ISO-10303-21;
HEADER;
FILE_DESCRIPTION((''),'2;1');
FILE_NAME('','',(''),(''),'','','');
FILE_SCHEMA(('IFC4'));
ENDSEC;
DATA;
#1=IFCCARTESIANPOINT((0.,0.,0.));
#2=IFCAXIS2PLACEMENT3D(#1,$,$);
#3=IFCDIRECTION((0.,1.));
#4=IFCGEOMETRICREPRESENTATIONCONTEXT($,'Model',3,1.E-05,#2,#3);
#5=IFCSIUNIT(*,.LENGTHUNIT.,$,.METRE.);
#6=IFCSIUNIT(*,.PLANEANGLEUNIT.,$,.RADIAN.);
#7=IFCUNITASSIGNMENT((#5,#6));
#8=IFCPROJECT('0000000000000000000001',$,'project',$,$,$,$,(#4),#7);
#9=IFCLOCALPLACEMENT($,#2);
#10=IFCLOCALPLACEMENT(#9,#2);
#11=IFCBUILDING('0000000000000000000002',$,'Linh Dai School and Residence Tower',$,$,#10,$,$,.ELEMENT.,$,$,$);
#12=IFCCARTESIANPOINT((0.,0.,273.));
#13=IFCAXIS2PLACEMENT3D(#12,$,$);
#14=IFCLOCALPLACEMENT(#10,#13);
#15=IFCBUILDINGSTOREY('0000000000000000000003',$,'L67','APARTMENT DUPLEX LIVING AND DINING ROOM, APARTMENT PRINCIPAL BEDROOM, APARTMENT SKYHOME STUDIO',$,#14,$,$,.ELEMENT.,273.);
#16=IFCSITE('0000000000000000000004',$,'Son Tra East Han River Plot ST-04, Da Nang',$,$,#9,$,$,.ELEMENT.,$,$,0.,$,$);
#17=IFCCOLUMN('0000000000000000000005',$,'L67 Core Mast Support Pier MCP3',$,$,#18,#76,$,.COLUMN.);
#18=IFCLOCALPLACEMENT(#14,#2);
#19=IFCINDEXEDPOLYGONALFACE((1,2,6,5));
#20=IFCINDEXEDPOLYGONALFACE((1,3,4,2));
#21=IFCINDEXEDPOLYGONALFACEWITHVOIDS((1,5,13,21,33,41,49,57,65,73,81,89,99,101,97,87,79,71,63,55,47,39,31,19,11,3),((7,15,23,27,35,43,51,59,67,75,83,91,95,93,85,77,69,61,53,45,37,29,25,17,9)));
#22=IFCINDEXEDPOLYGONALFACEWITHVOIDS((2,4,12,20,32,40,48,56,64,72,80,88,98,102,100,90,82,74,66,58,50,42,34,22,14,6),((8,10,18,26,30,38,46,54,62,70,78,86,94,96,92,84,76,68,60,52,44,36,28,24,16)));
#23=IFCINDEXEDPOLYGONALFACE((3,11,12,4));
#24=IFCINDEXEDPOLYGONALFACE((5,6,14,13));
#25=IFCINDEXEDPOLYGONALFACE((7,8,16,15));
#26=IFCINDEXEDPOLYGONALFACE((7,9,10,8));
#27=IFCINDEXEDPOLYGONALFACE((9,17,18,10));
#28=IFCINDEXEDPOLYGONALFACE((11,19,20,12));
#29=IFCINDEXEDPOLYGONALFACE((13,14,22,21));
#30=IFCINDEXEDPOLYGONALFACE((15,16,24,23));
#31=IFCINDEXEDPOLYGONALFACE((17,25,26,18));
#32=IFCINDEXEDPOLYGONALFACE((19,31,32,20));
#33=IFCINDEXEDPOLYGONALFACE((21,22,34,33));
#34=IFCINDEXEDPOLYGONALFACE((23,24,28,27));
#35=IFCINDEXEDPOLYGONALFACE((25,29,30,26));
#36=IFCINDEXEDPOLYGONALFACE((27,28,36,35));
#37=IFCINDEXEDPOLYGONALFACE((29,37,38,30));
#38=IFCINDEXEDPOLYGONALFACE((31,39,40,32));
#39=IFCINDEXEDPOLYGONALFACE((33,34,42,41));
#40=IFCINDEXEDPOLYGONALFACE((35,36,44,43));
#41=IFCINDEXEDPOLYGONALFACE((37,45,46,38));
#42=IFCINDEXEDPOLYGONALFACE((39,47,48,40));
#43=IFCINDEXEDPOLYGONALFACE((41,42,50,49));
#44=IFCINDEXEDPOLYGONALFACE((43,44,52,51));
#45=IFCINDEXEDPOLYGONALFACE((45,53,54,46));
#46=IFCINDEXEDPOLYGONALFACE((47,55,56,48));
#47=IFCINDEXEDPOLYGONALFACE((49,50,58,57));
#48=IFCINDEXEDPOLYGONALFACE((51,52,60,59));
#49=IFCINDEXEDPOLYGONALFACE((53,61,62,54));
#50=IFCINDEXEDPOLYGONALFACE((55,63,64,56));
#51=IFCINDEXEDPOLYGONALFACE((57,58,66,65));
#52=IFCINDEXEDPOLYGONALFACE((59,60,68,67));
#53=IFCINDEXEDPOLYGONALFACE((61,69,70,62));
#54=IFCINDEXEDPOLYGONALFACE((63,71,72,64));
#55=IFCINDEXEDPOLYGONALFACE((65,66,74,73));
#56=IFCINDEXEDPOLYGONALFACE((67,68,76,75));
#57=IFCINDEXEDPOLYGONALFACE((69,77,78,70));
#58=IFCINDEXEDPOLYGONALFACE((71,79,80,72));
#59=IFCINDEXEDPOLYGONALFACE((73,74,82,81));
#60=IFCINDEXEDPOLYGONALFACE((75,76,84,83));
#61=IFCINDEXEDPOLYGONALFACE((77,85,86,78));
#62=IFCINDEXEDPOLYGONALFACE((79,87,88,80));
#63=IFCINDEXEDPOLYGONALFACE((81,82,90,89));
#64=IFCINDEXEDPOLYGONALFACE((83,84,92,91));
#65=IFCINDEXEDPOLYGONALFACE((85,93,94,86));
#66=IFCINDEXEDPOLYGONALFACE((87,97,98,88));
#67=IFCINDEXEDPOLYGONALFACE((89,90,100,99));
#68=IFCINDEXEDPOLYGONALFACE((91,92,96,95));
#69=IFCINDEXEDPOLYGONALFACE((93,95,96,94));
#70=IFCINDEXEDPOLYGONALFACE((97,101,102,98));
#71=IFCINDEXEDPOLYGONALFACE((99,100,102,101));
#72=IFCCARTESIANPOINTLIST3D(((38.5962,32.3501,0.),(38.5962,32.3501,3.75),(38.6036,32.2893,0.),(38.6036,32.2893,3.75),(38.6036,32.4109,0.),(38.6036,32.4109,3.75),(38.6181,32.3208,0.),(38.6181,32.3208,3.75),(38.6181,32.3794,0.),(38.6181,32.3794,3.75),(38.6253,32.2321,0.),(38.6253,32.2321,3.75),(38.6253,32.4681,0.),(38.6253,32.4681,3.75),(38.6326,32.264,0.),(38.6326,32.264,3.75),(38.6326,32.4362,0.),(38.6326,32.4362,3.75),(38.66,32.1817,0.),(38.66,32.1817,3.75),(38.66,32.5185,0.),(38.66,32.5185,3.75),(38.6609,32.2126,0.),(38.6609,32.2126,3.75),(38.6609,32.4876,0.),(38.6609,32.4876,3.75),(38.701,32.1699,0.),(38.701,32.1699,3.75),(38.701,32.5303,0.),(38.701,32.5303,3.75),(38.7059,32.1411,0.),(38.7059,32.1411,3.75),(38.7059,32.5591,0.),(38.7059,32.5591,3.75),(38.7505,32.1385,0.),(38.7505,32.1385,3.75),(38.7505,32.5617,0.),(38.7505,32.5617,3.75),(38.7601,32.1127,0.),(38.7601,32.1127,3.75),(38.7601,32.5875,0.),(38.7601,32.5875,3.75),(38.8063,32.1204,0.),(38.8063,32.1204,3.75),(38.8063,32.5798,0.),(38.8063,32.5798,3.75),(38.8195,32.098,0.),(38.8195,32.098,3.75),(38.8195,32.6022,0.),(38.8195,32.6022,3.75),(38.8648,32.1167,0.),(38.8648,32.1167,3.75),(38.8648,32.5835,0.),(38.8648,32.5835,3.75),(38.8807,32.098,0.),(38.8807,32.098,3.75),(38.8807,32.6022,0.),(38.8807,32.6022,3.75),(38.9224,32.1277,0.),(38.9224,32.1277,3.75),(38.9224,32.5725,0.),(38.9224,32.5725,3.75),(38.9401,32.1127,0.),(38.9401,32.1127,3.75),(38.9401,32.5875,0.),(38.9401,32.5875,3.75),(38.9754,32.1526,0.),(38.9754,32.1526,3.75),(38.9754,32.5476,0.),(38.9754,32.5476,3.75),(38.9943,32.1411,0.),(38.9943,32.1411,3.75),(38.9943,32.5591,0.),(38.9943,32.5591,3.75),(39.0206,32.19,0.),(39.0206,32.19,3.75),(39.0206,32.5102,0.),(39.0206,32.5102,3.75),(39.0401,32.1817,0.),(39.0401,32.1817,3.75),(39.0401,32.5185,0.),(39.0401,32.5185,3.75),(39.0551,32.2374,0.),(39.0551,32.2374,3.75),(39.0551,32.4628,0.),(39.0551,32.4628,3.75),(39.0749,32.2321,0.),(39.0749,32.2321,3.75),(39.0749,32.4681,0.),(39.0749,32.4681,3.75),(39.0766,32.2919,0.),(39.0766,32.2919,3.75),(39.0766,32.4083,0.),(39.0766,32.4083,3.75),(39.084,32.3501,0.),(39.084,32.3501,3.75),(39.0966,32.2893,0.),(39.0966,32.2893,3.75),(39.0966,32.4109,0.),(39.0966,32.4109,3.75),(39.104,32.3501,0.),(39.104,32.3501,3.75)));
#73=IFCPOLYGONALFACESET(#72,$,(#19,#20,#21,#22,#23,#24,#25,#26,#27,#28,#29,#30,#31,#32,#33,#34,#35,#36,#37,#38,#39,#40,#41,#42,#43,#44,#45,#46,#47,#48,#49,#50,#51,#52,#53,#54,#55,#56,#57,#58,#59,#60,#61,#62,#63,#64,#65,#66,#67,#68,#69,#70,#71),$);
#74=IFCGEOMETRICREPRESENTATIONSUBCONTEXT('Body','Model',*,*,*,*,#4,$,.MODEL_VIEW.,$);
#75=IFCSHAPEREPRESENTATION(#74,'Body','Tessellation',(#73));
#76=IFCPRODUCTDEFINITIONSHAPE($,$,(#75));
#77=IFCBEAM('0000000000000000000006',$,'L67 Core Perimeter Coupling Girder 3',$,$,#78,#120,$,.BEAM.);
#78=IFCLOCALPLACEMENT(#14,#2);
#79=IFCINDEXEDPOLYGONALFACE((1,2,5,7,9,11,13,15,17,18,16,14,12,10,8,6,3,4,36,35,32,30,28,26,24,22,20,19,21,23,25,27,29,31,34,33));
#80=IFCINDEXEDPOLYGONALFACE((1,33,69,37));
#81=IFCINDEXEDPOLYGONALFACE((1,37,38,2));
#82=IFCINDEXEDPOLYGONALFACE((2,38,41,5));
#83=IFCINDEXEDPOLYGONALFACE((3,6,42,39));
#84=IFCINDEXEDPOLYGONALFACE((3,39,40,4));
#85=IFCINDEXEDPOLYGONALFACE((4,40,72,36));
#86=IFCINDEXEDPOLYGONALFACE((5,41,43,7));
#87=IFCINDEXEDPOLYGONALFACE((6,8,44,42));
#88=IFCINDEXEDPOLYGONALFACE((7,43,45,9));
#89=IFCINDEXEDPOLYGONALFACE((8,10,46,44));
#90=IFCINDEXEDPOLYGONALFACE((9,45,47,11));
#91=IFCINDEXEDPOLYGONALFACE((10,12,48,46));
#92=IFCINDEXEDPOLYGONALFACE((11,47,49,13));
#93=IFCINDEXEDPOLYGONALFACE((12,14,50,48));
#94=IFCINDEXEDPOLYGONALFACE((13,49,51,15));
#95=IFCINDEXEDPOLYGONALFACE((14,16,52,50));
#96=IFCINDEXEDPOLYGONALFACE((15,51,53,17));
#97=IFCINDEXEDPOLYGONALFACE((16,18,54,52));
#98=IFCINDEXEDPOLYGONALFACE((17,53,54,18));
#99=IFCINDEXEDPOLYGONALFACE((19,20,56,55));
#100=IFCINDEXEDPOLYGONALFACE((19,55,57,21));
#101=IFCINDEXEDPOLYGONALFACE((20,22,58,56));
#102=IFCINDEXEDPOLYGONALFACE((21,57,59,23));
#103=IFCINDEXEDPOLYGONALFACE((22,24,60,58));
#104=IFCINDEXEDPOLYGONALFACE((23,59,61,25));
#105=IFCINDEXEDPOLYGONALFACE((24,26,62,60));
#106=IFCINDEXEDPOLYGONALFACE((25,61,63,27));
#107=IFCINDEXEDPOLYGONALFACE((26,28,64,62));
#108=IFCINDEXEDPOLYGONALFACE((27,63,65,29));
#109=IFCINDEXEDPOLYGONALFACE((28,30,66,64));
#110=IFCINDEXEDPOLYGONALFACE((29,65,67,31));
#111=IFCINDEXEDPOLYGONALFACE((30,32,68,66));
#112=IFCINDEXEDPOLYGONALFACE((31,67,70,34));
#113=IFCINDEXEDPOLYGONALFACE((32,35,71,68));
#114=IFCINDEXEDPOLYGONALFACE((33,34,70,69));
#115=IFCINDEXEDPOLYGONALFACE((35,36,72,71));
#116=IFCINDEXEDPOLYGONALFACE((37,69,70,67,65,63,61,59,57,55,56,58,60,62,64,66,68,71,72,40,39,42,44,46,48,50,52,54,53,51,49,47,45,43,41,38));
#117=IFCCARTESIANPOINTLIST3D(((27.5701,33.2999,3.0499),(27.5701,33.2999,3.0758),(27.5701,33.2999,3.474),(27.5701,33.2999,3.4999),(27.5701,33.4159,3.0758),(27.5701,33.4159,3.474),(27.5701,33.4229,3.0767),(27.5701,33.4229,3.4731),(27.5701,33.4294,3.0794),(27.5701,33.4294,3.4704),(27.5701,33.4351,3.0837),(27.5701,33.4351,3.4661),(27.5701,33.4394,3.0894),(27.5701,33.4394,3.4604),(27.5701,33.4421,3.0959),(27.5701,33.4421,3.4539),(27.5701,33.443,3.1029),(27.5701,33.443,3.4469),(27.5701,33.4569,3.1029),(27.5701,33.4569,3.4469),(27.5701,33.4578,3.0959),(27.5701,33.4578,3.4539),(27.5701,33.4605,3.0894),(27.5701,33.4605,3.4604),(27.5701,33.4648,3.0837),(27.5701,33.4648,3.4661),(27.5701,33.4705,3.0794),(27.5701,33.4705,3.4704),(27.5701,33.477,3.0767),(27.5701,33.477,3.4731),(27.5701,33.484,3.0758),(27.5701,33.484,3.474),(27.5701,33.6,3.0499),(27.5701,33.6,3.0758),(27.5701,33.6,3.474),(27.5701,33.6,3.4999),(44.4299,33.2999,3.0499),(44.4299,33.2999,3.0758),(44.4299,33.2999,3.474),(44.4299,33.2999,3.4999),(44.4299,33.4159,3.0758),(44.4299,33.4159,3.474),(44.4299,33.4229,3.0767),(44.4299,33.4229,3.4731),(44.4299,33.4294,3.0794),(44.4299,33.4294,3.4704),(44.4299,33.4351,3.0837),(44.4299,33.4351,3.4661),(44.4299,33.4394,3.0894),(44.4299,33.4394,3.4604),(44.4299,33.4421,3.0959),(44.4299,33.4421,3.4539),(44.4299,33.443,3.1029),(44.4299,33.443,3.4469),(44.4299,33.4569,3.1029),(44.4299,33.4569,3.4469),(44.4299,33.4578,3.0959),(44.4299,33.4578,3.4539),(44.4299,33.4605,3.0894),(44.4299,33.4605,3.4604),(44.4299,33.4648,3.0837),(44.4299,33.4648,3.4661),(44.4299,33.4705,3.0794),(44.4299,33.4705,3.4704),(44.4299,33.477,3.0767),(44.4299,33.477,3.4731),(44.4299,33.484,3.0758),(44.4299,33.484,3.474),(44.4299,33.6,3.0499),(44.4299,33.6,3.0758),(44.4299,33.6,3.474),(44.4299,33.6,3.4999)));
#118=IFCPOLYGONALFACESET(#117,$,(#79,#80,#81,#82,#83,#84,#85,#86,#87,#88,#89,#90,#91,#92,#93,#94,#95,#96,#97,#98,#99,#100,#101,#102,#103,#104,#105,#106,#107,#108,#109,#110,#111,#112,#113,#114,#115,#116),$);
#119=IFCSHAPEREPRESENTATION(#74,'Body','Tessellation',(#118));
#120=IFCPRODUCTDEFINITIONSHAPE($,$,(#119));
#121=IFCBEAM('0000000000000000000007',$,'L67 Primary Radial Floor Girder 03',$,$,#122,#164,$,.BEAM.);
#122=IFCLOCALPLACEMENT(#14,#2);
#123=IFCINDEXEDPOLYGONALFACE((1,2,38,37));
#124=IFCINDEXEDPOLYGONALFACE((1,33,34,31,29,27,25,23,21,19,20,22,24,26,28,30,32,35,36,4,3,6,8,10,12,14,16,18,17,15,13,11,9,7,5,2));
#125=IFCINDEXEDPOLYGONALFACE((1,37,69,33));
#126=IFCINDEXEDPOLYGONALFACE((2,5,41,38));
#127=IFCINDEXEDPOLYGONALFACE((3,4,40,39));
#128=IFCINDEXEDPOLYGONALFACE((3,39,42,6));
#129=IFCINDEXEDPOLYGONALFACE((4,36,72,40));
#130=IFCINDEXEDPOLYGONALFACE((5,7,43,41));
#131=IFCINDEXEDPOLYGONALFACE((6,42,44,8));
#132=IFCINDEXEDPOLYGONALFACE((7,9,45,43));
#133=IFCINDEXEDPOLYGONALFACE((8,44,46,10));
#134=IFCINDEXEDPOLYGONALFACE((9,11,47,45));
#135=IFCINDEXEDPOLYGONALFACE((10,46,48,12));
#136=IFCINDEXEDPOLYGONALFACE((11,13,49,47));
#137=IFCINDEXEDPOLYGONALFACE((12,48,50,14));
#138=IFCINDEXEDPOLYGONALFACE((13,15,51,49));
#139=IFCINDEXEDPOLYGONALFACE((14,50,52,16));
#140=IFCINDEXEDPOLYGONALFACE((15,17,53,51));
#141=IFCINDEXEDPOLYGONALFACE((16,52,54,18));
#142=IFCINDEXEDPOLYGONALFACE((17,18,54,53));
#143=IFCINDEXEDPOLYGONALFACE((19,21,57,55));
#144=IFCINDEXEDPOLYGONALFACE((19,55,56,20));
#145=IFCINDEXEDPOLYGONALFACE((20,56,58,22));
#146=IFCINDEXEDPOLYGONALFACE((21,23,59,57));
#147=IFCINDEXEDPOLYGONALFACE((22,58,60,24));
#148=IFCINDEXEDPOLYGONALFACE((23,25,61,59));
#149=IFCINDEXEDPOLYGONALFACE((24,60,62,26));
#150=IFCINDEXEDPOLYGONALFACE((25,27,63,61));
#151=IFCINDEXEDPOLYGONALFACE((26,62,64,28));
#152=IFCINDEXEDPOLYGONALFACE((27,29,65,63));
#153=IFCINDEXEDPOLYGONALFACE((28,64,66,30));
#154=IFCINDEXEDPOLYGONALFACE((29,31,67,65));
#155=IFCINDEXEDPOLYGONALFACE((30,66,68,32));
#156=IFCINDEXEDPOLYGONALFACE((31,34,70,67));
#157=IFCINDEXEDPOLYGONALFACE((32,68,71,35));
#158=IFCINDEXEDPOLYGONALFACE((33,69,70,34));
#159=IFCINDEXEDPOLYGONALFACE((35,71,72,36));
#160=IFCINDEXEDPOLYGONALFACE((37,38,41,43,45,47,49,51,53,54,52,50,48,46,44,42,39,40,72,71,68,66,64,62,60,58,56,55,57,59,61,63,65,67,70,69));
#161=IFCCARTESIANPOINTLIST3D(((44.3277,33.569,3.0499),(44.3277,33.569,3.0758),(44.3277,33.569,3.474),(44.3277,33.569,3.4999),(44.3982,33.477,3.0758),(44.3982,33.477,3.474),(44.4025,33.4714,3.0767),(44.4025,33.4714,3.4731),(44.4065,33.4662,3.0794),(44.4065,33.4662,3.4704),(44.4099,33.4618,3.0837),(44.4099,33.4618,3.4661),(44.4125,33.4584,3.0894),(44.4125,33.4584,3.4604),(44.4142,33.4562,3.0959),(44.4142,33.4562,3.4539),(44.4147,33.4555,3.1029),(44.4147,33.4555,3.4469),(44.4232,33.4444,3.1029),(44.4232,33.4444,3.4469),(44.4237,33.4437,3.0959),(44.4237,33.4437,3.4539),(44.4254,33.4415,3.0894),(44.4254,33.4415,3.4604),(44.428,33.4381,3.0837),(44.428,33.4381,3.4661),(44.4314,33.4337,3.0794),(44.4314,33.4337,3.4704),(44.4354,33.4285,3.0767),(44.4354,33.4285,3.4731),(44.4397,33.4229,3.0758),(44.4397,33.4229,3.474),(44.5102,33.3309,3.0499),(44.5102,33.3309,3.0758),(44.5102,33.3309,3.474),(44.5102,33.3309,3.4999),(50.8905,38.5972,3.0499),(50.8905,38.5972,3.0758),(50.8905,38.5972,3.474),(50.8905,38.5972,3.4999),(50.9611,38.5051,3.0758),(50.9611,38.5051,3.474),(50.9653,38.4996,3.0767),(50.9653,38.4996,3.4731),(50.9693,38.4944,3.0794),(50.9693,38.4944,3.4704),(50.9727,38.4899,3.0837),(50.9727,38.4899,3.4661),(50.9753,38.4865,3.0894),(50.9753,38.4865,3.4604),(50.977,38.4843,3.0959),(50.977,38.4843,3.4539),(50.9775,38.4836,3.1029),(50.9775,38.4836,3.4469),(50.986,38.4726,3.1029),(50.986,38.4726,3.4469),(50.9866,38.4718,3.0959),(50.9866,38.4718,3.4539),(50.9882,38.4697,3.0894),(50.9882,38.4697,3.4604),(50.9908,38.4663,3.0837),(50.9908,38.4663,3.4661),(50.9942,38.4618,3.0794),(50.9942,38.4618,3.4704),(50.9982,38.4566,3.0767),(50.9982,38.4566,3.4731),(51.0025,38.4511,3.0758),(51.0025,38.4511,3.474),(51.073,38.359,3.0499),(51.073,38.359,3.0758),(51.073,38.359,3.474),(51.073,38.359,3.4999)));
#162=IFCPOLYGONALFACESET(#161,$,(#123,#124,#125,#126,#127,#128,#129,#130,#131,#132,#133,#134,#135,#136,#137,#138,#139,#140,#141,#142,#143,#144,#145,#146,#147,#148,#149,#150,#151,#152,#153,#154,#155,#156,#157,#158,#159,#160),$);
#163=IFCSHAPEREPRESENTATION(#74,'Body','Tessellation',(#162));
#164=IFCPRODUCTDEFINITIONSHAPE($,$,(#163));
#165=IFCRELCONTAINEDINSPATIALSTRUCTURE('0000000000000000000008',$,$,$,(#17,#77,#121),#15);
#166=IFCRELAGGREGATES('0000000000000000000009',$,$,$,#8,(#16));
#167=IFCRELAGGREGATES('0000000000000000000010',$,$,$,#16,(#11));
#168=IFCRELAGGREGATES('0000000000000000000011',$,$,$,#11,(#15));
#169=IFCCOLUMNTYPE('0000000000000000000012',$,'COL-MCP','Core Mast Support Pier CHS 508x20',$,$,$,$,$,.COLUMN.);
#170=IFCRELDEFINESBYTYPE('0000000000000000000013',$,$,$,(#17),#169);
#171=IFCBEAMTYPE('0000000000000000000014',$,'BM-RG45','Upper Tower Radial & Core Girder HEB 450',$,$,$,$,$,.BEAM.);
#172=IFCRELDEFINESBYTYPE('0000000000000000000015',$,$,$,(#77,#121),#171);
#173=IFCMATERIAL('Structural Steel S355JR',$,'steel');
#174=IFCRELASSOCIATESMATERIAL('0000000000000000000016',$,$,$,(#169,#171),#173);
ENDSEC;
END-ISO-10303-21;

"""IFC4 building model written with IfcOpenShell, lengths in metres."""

from ifc_helpers import new_model, si_unit, direction, frame, origin, origin_2d, place, context, subcontext, project, spatial, hollow_circle, i_section, extrude, material, material_profile, profile_set, type_object, element, save


model = new_model("IFC4")

# Units and contexts
model_context = context("Model", 3, precision=1e-05, world=origin(), true_north=direction((0.0, 1.0)))
body_context = subcontext(model_context, "Body", "Model", "MODEL_VIEW")
ifc_project = project(units=[si_unit("LENGTHUNIT", "METRE"), si_unit("PLANEANGLEUNIT", "RADIAN")], contexts=[model_context])

# Site, building, storey
site_placement = place(None, origin())
site = spatial("IfcSite", under=ifc_project, at=site_placement, Name="Son Tra East Han River Plot ST-04, Da Nang", CompositionType="ELEMENT", RefElevation=0.0)
building_placement = place(site_placement, origin())
building = spatial("IfcBuilding", under=site, at=building_placement, Name="Linh Dai School and Residence Tower", CompositionType="ELEMENT")
storey_placement = place(building_placement, frame((0.0, 0.0, 273.0)))
storey = spatial("IfcBuildingStorey", under=building, at=storey_placement, Name="L67", Description="APARTMENT DUPLEX LIVING AND DINING ROOM, APARTMENT PRINCIPAL BEDROOM, APARTMENT SKYHOME STUDIO", CompositionType="ELEMENT", Elevation=273.0)

# Column
ifc_material_1 = material(Name="Structural Steel S355JR", Category="steel")
ifc_material_profile_1 = material_profile(ifc_material_1, hollow_circle(Radius=0.2539, WallThickness=0.02, at=origin_2d()), Name="CHS 508x20")
ifc_profile_set_1 = profile_set([ifc_material_profile_1], Name="Structural Steel S355JR")
column_type_1 = type_object("IfcColumnType", Name="COL-MCP", Description="Core Mast Support Pier CHS 508x20", PredefinedType="COLUMN", material=ifc_profile_set_1)
column_placement = place(storey_placement, frame((38.8501, 32.3501, 0.0), z_axis=(0.0, 0.0, 1.0), x_axis=(1.0, 0.0, 0.0)))
element("IfcColumn", 1, at=column_placement, inside=storey, type_object=column_type_1, Name="L67 Core Mast Support Pier MCP3", PredefinedType="COLUMN", context=body_context, shape_type="SweptSolid", body=[
    extrude(hollow_circle(Radius=0.2539, WallThickness=0.02, at=origin_2d()), origin(), (0.0, 0.0, 1.0), 3.75),
])

# Beams
ifc_material_profile_2 = material_profile(ifc_material_1, i_section(OverallWidth=0.3, OverallDepth=0.45, WebThickness=0.0139, FlangeThickness=0.0259, FilletRadius=0.0271, at=origin_2d()), Name="HEB 450")
ifc_profile_set_2 = profile_set([ifc_material_profile_2], Name="Structural Steel S355JR")
beam_type_1 = type_object("IfcBeamType", Name="BM-RG45", Description="Upper Tower Radial & Core Girder HEB 450", PredefinedType="BEAM", material=ifc_profile_set_2)
beam_1_placement = place(storey_placement, frame((44.4299, 33.45, 3.2749), z_axis=(-1.0, 0.0, 0.0), x_axis=(0.0, -1.0, 0.0)))
element("IfcBeam", 2, at=beam_1_placement, inside=storey, type_object=beam_type_1, Name="L67 Core Perimeter Coupling Girder 3", PredefinedType="BEAM", context=body_context, shape_type="SweptSolid", body=[
    extrude(i_section(OverallWidth=0.3, OverallDepth=0.45, WebThickness=0.0139, FlangeThickness=0.0259, FilletRadius=0.0271, at=origin_2d()), origin(), (0.0, 0.0, 1.0), 16.8599),
])
beam_2_placement = place(storey_placement, frame((44.4189, 33.45, 3.2749), z_axis=(0.793803, 0.608175, 0.0), x_axis=(-0.608175, 0.793803, 0.0)))
element("IfcBeam", 3, at=beam_2_placement, inside=storey, type_object=beam_type_1, Name="L67 Primary Radial Floor Girder 03", PredefinedType="BEAM", context=body_context, shape_type="SweptSolid", body=[
    extrude(i_section(OverallWidth=0.3, OverallDepth=0.45, WebThickness=0.0139, FlangeThickness=0.0259, FilletRadius=0.0271, at=origin_2d()), origin(), (0.0, 0.0, 1.0), 8.2676),
])

save(model, "model.ifc")
